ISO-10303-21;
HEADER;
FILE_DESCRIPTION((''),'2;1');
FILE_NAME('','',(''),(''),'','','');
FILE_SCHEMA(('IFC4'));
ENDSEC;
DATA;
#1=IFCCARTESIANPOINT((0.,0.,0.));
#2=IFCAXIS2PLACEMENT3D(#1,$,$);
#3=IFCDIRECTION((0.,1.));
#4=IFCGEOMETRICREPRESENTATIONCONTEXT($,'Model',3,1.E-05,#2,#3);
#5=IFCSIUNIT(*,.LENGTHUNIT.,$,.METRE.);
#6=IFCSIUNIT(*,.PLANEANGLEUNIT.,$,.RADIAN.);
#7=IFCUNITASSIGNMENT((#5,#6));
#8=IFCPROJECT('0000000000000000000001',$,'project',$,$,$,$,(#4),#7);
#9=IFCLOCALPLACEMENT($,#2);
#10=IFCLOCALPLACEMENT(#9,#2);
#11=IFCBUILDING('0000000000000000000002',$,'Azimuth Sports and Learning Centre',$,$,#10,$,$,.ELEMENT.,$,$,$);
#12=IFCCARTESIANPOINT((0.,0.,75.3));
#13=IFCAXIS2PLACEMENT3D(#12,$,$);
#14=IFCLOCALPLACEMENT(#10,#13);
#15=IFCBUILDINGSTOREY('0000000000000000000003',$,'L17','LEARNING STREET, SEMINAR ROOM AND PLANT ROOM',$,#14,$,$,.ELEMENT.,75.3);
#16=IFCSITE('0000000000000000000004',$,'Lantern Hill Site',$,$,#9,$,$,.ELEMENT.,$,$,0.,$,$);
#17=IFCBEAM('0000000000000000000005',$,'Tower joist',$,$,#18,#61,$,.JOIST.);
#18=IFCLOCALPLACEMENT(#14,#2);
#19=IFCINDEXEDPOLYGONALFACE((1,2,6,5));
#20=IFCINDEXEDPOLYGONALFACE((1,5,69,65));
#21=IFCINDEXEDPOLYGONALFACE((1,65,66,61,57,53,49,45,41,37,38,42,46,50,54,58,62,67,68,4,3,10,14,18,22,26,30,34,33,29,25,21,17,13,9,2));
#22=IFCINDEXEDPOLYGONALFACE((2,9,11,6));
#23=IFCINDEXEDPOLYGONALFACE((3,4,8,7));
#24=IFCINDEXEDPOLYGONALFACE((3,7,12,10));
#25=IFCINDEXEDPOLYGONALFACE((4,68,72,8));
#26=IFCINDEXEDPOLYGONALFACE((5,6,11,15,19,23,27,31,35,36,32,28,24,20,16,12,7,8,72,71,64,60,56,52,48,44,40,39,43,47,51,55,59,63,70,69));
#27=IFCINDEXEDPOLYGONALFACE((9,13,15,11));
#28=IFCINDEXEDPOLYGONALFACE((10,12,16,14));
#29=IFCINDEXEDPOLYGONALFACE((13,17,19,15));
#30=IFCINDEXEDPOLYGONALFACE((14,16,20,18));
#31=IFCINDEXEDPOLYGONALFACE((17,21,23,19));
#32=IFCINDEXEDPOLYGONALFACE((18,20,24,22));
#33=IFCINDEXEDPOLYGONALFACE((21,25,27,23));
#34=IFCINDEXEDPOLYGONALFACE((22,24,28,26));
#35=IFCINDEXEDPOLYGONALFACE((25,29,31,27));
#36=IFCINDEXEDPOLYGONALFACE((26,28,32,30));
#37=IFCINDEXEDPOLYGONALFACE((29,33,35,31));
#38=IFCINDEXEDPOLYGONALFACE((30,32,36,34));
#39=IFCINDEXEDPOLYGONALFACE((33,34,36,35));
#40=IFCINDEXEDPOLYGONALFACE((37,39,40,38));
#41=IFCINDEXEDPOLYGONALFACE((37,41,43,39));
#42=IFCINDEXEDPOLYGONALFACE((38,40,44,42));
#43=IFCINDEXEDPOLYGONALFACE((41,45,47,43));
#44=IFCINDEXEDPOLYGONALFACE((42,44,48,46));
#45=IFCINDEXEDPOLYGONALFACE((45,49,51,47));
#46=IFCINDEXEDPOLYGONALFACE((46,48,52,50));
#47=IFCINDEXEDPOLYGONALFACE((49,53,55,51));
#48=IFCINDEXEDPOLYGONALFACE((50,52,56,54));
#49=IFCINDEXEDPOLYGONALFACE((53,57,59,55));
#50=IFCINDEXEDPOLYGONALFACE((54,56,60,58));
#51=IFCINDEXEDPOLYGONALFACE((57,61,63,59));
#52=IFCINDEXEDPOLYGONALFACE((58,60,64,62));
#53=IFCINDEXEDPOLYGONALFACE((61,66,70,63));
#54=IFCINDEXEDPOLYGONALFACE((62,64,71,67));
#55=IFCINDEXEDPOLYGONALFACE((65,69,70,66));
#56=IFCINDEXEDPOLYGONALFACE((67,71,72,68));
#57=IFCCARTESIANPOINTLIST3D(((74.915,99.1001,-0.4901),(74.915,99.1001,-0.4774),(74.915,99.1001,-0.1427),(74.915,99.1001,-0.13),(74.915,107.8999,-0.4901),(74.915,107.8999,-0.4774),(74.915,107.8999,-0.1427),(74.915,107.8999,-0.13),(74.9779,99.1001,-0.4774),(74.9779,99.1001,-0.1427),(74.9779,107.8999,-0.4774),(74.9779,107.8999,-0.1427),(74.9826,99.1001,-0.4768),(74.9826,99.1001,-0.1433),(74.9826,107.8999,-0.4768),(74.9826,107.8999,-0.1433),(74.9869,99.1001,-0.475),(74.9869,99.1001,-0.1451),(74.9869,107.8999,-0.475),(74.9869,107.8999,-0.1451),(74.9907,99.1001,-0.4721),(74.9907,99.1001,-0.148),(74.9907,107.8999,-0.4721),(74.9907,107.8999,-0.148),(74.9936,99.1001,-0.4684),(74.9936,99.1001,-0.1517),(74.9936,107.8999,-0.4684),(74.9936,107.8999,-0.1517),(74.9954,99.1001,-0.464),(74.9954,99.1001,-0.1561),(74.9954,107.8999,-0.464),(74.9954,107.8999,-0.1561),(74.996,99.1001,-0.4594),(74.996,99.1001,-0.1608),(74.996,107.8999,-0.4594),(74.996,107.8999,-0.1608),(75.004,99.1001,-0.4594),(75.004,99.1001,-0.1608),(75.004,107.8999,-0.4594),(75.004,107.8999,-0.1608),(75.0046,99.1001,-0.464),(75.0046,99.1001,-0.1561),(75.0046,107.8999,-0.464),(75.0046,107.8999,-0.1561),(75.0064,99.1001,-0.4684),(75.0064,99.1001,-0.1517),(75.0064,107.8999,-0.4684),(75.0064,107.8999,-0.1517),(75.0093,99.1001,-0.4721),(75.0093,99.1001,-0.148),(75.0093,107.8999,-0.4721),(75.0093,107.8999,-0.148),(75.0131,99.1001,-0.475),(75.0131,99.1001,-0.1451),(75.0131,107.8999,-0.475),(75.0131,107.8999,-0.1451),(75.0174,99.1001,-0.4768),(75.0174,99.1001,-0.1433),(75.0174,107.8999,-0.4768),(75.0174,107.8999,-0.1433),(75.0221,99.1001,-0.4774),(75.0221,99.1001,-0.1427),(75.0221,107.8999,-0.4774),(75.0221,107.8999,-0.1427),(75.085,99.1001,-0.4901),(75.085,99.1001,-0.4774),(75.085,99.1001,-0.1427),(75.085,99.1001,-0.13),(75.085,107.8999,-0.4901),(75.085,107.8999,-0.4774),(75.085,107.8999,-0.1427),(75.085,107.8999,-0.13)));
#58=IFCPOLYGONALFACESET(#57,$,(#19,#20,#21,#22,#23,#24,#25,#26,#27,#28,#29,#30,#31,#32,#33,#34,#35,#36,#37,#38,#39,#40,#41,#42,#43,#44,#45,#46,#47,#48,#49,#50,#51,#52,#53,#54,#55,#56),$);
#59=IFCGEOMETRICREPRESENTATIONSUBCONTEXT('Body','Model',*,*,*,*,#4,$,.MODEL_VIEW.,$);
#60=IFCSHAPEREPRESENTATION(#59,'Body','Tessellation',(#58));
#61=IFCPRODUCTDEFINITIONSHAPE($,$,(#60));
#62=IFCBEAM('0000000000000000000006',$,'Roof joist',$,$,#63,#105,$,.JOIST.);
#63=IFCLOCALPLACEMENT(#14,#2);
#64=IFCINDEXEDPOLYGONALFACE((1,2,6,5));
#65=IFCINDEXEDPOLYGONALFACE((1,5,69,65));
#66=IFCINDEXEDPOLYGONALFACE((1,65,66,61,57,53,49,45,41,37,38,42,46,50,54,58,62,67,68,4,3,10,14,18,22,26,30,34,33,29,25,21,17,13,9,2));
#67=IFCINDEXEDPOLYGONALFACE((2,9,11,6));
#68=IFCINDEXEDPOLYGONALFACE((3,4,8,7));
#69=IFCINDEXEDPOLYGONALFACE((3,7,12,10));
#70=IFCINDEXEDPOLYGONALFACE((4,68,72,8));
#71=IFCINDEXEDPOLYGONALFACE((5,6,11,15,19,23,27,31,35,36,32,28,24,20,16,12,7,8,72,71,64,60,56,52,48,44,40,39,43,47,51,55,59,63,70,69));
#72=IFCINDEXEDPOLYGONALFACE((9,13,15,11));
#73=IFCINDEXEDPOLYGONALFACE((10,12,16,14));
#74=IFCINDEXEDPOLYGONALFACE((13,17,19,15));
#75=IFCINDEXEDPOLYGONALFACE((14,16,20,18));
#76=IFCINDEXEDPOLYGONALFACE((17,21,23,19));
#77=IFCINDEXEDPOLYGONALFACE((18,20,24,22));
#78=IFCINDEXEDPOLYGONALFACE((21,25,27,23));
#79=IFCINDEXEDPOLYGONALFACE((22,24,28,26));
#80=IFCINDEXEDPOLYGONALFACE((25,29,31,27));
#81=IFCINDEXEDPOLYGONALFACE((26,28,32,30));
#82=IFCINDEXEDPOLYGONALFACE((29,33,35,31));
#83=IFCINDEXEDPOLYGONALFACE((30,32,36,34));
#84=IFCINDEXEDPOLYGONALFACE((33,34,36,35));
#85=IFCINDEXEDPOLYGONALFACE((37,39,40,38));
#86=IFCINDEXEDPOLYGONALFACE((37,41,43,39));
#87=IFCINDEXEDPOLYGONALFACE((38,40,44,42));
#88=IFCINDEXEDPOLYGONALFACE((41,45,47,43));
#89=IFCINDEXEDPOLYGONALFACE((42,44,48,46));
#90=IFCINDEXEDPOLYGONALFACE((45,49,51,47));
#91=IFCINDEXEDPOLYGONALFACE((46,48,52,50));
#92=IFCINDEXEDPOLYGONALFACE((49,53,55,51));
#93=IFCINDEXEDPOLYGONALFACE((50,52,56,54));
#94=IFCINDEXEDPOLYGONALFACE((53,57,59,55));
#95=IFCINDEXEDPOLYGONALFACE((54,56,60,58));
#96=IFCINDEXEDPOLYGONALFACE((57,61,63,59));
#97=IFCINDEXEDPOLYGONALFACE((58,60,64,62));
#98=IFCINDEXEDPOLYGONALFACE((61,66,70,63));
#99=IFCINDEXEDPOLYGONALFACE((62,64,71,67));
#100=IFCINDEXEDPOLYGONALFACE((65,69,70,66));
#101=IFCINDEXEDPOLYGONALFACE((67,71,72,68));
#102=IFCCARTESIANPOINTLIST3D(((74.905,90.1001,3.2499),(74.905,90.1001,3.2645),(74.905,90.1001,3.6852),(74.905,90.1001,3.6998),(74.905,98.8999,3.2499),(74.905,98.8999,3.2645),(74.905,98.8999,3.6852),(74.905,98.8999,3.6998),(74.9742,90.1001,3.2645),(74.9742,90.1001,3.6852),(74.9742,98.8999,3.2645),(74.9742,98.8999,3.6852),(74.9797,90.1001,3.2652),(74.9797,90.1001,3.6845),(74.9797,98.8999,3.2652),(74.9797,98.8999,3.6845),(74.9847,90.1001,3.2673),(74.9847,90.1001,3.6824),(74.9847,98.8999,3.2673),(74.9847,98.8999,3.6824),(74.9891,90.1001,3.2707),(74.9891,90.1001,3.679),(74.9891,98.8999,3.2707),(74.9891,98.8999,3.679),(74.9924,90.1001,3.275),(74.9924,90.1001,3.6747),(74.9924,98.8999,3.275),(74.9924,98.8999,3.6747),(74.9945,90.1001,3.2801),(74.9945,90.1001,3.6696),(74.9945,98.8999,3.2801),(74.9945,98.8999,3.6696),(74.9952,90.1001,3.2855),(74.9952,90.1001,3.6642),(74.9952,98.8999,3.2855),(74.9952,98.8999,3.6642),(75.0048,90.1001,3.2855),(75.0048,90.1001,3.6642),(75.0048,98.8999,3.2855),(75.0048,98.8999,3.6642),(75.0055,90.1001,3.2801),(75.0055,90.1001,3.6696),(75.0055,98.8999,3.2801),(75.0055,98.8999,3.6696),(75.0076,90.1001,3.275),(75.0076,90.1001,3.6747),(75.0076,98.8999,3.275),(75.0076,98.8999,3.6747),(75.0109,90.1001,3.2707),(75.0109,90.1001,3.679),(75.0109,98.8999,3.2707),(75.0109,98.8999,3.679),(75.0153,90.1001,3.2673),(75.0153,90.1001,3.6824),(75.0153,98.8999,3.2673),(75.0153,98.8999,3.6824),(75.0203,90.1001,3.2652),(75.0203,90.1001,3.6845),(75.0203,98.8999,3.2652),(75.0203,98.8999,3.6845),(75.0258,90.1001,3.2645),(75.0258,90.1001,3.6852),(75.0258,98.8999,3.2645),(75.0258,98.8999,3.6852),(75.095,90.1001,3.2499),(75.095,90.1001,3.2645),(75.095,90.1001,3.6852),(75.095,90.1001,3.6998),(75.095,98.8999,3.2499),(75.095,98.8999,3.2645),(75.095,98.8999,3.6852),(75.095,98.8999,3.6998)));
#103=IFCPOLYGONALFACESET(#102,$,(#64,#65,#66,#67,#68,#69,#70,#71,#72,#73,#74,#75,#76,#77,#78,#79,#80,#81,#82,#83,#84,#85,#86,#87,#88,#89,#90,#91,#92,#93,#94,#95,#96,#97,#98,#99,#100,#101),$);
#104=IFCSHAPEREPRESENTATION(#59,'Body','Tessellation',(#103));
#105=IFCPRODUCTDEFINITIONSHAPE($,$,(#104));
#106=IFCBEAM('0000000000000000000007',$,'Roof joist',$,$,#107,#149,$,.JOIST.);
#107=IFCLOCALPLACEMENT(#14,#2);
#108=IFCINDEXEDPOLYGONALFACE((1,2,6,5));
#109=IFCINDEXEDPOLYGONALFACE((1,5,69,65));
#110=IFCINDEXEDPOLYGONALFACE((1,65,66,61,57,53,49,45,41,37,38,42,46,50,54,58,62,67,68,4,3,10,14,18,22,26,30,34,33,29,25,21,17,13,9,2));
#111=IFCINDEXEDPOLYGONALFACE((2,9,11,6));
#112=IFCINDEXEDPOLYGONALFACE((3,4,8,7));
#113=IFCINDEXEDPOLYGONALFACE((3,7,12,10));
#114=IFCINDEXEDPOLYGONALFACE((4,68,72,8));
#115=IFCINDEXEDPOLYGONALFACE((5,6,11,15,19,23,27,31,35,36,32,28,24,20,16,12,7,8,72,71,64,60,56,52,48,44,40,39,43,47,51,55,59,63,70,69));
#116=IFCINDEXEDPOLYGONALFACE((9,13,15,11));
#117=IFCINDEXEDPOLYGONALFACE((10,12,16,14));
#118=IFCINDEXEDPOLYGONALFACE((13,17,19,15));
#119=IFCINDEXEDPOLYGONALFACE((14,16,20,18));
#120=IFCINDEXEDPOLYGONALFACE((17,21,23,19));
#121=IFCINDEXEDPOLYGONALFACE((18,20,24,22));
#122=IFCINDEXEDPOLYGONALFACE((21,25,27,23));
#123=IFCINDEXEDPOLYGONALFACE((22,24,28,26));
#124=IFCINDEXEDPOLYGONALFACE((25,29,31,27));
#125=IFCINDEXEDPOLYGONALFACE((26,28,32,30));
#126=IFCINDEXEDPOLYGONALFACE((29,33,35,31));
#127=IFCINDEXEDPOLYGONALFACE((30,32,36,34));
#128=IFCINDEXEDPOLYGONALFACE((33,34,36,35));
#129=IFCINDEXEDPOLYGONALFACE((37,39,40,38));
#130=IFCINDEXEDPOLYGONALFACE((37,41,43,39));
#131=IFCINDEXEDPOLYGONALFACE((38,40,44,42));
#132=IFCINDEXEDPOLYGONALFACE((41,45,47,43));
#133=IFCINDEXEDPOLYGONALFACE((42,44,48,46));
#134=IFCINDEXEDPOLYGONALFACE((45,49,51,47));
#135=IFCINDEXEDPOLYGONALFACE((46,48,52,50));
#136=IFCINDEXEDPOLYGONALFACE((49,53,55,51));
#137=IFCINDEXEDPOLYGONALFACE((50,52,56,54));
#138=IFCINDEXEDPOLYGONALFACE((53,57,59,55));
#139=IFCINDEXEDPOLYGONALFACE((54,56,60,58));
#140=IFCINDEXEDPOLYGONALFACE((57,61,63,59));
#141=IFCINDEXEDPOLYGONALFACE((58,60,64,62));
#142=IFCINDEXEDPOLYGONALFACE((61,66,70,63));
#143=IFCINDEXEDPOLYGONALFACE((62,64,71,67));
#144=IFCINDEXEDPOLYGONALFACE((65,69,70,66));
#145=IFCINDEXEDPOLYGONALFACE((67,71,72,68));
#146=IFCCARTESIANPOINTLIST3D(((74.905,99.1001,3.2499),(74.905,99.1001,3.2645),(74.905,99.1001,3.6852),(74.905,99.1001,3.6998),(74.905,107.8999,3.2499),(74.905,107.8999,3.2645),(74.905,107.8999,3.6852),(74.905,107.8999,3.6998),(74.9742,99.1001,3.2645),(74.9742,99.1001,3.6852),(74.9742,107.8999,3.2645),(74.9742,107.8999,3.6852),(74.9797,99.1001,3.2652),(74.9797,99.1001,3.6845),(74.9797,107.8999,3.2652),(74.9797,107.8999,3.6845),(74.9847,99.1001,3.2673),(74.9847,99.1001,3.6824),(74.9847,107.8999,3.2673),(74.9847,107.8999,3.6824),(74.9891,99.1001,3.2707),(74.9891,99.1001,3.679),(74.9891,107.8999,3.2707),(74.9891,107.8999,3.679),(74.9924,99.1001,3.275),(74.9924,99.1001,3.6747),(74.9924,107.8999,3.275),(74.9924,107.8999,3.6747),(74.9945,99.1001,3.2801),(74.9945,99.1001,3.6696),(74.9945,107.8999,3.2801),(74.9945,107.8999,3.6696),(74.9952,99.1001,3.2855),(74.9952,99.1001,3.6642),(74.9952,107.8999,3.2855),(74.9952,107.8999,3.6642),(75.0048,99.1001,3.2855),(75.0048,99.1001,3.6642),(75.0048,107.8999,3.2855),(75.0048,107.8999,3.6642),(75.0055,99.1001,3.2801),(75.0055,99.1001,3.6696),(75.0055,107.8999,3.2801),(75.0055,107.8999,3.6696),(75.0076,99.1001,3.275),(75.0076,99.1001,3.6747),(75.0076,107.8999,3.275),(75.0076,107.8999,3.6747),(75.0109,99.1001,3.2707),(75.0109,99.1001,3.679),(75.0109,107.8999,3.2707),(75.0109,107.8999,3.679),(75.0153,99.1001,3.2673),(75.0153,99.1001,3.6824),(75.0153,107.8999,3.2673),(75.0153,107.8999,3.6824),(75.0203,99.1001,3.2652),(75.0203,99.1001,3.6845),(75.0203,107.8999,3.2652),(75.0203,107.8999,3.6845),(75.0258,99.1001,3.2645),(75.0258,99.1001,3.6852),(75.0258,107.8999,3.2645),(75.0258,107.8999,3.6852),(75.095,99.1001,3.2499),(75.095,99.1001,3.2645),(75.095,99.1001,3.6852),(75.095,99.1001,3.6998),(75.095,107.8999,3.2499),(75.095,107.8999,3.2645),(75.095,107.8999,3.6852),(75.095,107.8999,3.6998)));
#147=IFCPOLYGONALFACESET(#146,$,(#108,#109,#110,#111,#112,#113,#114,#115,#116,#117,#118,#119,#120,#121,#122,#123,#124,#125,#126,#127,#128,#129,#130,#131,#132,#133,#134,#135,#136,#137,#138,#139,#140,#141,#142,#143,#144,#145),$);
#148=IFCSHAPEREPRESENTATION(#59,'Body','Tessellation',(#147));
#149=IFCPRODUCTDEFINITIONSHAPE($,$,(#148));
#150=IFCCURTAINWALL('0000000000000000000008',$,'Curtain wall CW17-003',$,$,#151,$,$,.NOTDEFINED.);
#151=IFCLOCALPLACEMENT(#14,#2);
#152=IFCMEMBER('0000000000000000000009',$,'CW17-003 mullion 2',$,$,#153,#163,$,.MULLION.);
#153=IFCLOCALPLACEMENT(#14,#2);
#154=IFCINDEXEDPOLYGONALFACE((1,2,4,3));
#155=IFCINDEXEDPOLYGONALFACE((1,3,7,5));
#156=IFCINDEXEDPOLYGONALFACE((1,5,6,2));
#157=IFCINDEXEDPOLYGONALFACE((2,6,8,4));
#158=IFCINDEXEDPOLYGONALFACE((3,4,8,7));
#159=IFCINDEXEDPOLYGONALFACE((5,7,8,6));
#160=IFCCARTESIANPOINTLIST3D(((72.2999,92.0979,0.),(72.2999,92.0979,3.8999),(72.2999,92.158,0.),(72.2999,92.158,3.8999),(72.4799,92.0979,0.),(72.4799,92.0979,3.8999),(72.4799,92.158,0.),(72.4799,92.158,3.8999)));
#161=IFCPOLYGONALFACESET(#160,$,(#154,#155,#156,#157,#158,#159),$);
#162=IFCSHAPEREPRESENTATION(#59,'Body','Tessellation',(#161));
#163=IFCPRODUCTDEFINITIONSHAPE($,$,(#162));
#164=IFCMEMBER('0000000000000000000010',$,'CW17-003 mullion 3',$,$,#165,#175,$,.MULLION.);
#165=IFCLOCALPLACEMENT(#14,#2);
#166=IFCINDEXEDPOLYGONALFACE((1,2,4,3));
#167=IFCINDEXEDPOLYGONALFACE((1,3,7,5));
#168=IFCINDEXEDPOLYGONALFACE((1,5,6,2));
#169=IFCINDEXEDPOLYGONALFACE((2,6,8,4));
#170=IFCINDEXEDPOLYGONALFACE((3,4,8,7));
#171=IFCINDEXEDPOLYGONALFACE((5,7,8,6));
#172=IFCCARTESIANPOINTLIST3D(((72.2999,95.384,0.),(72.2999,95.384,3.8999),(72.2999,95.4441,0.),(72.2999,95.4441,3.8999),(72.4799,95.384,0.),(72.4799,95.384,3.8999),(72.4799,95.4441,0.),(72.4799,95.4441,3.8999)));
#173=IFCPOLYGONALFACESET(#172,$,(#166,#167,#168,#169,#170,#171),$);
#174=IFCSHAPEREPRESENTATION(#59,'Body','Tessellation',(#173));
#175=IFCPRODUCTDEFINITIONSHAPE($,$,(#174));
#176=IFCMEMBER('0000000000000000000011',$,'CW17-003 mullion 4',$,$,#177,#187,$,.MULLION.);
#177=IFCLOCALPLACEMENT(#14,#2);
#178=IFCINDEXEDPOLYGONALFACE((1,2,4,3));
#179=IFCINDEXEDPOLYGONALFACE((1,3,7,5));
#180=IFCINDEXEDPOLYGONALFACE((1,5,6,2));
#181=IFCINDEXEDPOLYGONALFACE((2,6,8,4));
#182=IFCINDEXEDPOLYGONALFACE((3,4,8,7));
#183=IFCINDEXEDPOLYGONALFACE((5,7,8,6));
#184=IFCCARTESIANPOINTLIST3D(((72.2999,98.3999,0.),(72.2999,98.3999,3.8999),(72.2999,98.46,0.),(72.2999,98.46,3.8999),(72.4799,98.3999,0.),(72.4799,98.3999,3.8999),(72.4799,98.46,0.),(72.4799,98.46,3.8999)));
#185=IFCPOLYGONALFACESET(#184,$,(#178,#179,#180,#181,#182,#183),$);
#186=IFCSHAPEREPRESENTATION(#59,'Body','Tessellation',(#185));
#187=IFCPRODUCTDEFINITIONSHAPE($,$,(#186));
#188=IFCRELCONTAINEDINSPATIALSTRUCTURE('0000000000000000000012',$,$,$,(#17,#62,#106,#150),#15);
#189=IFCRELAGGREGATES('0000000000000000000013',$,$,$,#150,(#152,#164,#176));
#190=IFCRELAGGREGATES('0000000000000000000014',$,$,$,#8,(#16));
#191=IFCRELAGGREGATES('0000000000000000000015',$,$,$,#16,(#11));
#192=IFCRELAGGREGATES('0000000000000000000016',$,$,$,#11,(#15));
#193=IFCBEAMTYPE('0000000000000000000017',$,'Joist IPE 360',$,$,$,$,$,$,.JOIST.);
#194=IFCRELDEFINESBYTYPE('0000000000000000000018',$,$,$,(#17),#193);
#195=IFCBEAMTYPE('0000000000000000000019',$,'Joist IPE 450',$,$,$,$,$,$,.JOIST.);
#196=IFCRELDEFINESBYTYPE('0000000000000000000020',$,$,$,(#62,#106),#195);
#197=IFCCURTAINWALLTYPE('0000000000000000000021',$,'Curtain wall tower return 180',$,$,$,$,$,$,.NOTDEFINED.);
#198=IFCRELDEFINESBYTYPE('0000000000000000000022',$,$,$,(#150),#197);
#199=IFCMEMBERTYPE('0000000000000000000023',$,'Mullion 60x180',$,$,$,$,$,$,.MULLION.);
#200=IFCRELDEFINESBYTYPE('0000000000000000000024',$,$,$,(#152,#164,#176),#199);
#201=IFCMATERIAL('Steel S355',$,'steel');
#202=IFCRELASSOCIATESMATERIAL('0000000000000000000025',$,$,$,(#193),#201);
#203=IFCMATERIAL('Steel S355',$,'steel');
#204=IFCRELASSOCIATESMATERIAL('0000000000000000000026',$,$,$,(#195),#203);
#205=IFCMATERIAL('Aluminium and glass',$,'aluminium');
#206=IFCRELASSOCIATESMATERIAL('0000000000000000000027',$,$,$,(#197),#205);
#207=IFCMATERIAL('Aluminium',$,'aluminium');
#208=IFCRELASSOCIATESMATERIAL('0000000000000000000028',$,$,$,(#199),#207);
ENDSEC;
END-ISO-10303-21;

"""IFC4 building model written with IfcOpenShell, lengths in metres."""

from ifc_helpers import new_model, si_unit, direction, frame, origin, origin_2d, place, context, subcontext, project, spatial, rectangle, i_section, extrude, material, material_profile, profile_set, type_object, element, aggregate, save


model = new_model("IFC4")

# Units and contexts
model_context = context("Model", 3, precision=1e-05, world=origin(), true_north=direction((0.0, 1.0)))
body_context = subcontext(model_context, "Body", "Model", "MODEL_VIEW")
ifc_project = project(units=[si_unit("LENGTHUNIT", "METRE"), si_unit("PLANEANGLEUNIT", "RADIAN")], contexts=[model_context])

# Site, building, storey
site_placement = place(None, origin())
site = spatial("IfcSite", under=ifc_project, at=site_placement, Name="Lantern Hill Site", CompositionType="ELEMENT", RefElevation=0.0)
building_placement = place(site_placement, origin())
building = spatial("IfcBuilding", under=site, at=building_placement, Name="Azimuth Sports and Learning Centre", CompositionType="ELEMENT")
storey_placement = place(building_placement, frame((0.0, 0.0, 75.3)))
storey = spatial("IfcBuildingStorey", under=building, at=storey_placement, Name="L17", Description="LEARNING STREET, SEMINAR ROOM AND PLANT ROOM", CompositionType="ELEMENT", Elevation=75.3)

# Beams
ifc_material_1 = material(Name="Steel S355", Category="steel")
ifc_material_profile_1 = material_profile(ifc_material_1, i_section(OverallWidth=0.1699, OverallDepth=0.3601, WebThickness=0.0081, FlangeThickness=0.0127, FilletRadius=0.0181, at=origin_2d()), Name="IPE 360")
ifc_profile_set_1 = profile_set([ifc_material_profile_1], Name="Steel S355")
beam_type_1 = type_object("IfcBeamType", Name="Joist IPE 360", PredefinedType="JOIST", material=ifc_profile_set_1)
beam_placement = place(storey_placement, frame((75.0, 99.1001, -0.3101), z_axis=(0.0, 1.0, 0.0), x_axis=(-1.0, 0.0, 0.0)))
element("IfcBeam", 1, at=beam_placement, inside=storey, type_object=beam_type_1, Name="Tower joist", PredefinedType="JOIST", context=body_context, shape_type="SweptSolid", body=[
    extrude(i_section(OverallWidth=0.1699, OverallDepth=0.3601, WebThickness=0.0081, FlangeThickness=0.0127, FilletRadius=0.0181, at=origin_2d()), origin(), (0.0, 0.0, 1.0), 8.7998),
])
ifc_material_2 = material(Name="Steel S355", Category="steel")
ifc_material_profile_2 = material_profile(ifc_material_2, i_section(OverallWidth=0.1899, OverallDepth=0.45, WebThickness=0.0095, FlangeThickness=0.0146, FilletRadius=0.021, at=origin_2d()), Name="IPE 450")
ifc_profile_set_2 = profile_set([ifc_material_profile_2], Name="Steel S355")
beam_type_2 = type_object("IfcBeamType", Name="Joist IPE 450", PredefinedType="JOIST", material=ifc_profile_set_2)
for number, where, z_axis, x_axis, name in (
    (2, (75.0, 90.1001, 3.4749), (0.0, 1.0, 0.0), (-1.0, 0.0, 0.0), "Roof joist"),
    (3, (75.0, 99.1001, 3.4749), (0.0, 1.0, 0.0), (-1.0, 0.0, 0.0), "Roof joist"),
):
    element("IfcBeam", number, at=place(storey_placement, frame(where, z_axis=z_axis, x_axis=x_axis)), inside=storey, type_object=beam_type_2, Name=name, PredefinedType="JOIST", context=body_context, shape_type="SweptSolid", body=[
        extrude(i_section(OverallWidth=0.1899, OverallDepth=0.45, WebThickness=0.0095, FlangeThickness=0.0146, FilletRadius=0.021, at=origin_2d()), origin(), (0.0, 0.0, 1.0), 8.7998),
    ])

# Curtain wall, members
ifc_material_3 = material(Name="Aluminium and glass", Category="aluminium")
curtain_wall_type_1 = type_object("IfcCurtainWallType", Name="Curtain wall tower return 180", PredefinedType="NOTDEFINED", material=ifc_material_3)
curtain_wall_1_placement = place(storey_placement, origin())
curtain_wall_1 = element("IfcCurtainWall", 4, at=curtain_wall_1_placement, inside=storey, type_object=curtain_wall_type_1, Name="Curtain wall CW17-003", PredefinedType="NOTDEFINED")
ifc_material_4 = material(Name="Aluminium", Category="aluminium")
ifc_material_profile_3 = material_profile(ifc_material_4, rectangle(XDim=0.1799, YDim=0.0601, at=origin_2d()), Name="Mullion 60x180")
ifc_profile_set_3 = profile_set([ifc_material_profile_3], Name="Aluminium")
member_type_1 = type_object("IfcMemberType", Name="Mullion 60x180", PredefinedType="MULLION", material=ifc_profile_set_3)
member_1_placement = place(storey_placement, frame((72.3899, 92.1279, 0.0), z_axis=(0.0, 0.0, 1.0), x_axis=(-1.0, 0.0, 0.0)))
member_1 = element("IfcMember", 5, at=member_1_placement, type_object=member_type_1, Name="CW17-003 mullion 2", PredefinedType="MULLION", context=body_context, shape_type="SweptSolid", body=[
    extrude(rectangle(XDim=0.1799, YDim=0.0601, at=origin_2d()), origin(), (0.0, 0.0, 1.0), 3.8999),
])
member_2_placement = place(storey_placement, frame((72.3899, 95.4141, 0.0), z_axis=(0.0, 0.0, 1.0), x_axis=(-1.0, 0.0, 0.0)))
member_2 = element("IfcMember", 6, at=member_2_placement, type_object=member_type_1, Name="CW17-003 mullion 3", PredefinedType="MULLION", context=body_context, shape_type="SweptSolid", body=[
    extrude(rectangle(XDim=0.1799, YDim=0.0601, at=origin_2d()), origin(), (0.0, 0.0, 1.0), 3.8999),
])
member_3_placement = place(storey_placement, frame((72.3899, 98.4299, 0.0), z_axis=(0.0, 0.0, 1.0), x_axis=(-1.0, 0.0, 0.0)))
member_3 = element("IfcMember", 7, at=member_3_placement, type_object=member_type_1, Name="CW17-003 mullion 4", PredefinedType="MULLION", context=body_context, shape_type="SweptSolid", body=[
    extrude(rectangle(XDim=0.1799, YDim=0.0601, at=origin_2d()), origin(), (0.0, 0.0, 1.0), 3.8999),
])

aggregate(curtain_wall_1, [member_1, member_2, member_3])

save(model, "model.ifc")
